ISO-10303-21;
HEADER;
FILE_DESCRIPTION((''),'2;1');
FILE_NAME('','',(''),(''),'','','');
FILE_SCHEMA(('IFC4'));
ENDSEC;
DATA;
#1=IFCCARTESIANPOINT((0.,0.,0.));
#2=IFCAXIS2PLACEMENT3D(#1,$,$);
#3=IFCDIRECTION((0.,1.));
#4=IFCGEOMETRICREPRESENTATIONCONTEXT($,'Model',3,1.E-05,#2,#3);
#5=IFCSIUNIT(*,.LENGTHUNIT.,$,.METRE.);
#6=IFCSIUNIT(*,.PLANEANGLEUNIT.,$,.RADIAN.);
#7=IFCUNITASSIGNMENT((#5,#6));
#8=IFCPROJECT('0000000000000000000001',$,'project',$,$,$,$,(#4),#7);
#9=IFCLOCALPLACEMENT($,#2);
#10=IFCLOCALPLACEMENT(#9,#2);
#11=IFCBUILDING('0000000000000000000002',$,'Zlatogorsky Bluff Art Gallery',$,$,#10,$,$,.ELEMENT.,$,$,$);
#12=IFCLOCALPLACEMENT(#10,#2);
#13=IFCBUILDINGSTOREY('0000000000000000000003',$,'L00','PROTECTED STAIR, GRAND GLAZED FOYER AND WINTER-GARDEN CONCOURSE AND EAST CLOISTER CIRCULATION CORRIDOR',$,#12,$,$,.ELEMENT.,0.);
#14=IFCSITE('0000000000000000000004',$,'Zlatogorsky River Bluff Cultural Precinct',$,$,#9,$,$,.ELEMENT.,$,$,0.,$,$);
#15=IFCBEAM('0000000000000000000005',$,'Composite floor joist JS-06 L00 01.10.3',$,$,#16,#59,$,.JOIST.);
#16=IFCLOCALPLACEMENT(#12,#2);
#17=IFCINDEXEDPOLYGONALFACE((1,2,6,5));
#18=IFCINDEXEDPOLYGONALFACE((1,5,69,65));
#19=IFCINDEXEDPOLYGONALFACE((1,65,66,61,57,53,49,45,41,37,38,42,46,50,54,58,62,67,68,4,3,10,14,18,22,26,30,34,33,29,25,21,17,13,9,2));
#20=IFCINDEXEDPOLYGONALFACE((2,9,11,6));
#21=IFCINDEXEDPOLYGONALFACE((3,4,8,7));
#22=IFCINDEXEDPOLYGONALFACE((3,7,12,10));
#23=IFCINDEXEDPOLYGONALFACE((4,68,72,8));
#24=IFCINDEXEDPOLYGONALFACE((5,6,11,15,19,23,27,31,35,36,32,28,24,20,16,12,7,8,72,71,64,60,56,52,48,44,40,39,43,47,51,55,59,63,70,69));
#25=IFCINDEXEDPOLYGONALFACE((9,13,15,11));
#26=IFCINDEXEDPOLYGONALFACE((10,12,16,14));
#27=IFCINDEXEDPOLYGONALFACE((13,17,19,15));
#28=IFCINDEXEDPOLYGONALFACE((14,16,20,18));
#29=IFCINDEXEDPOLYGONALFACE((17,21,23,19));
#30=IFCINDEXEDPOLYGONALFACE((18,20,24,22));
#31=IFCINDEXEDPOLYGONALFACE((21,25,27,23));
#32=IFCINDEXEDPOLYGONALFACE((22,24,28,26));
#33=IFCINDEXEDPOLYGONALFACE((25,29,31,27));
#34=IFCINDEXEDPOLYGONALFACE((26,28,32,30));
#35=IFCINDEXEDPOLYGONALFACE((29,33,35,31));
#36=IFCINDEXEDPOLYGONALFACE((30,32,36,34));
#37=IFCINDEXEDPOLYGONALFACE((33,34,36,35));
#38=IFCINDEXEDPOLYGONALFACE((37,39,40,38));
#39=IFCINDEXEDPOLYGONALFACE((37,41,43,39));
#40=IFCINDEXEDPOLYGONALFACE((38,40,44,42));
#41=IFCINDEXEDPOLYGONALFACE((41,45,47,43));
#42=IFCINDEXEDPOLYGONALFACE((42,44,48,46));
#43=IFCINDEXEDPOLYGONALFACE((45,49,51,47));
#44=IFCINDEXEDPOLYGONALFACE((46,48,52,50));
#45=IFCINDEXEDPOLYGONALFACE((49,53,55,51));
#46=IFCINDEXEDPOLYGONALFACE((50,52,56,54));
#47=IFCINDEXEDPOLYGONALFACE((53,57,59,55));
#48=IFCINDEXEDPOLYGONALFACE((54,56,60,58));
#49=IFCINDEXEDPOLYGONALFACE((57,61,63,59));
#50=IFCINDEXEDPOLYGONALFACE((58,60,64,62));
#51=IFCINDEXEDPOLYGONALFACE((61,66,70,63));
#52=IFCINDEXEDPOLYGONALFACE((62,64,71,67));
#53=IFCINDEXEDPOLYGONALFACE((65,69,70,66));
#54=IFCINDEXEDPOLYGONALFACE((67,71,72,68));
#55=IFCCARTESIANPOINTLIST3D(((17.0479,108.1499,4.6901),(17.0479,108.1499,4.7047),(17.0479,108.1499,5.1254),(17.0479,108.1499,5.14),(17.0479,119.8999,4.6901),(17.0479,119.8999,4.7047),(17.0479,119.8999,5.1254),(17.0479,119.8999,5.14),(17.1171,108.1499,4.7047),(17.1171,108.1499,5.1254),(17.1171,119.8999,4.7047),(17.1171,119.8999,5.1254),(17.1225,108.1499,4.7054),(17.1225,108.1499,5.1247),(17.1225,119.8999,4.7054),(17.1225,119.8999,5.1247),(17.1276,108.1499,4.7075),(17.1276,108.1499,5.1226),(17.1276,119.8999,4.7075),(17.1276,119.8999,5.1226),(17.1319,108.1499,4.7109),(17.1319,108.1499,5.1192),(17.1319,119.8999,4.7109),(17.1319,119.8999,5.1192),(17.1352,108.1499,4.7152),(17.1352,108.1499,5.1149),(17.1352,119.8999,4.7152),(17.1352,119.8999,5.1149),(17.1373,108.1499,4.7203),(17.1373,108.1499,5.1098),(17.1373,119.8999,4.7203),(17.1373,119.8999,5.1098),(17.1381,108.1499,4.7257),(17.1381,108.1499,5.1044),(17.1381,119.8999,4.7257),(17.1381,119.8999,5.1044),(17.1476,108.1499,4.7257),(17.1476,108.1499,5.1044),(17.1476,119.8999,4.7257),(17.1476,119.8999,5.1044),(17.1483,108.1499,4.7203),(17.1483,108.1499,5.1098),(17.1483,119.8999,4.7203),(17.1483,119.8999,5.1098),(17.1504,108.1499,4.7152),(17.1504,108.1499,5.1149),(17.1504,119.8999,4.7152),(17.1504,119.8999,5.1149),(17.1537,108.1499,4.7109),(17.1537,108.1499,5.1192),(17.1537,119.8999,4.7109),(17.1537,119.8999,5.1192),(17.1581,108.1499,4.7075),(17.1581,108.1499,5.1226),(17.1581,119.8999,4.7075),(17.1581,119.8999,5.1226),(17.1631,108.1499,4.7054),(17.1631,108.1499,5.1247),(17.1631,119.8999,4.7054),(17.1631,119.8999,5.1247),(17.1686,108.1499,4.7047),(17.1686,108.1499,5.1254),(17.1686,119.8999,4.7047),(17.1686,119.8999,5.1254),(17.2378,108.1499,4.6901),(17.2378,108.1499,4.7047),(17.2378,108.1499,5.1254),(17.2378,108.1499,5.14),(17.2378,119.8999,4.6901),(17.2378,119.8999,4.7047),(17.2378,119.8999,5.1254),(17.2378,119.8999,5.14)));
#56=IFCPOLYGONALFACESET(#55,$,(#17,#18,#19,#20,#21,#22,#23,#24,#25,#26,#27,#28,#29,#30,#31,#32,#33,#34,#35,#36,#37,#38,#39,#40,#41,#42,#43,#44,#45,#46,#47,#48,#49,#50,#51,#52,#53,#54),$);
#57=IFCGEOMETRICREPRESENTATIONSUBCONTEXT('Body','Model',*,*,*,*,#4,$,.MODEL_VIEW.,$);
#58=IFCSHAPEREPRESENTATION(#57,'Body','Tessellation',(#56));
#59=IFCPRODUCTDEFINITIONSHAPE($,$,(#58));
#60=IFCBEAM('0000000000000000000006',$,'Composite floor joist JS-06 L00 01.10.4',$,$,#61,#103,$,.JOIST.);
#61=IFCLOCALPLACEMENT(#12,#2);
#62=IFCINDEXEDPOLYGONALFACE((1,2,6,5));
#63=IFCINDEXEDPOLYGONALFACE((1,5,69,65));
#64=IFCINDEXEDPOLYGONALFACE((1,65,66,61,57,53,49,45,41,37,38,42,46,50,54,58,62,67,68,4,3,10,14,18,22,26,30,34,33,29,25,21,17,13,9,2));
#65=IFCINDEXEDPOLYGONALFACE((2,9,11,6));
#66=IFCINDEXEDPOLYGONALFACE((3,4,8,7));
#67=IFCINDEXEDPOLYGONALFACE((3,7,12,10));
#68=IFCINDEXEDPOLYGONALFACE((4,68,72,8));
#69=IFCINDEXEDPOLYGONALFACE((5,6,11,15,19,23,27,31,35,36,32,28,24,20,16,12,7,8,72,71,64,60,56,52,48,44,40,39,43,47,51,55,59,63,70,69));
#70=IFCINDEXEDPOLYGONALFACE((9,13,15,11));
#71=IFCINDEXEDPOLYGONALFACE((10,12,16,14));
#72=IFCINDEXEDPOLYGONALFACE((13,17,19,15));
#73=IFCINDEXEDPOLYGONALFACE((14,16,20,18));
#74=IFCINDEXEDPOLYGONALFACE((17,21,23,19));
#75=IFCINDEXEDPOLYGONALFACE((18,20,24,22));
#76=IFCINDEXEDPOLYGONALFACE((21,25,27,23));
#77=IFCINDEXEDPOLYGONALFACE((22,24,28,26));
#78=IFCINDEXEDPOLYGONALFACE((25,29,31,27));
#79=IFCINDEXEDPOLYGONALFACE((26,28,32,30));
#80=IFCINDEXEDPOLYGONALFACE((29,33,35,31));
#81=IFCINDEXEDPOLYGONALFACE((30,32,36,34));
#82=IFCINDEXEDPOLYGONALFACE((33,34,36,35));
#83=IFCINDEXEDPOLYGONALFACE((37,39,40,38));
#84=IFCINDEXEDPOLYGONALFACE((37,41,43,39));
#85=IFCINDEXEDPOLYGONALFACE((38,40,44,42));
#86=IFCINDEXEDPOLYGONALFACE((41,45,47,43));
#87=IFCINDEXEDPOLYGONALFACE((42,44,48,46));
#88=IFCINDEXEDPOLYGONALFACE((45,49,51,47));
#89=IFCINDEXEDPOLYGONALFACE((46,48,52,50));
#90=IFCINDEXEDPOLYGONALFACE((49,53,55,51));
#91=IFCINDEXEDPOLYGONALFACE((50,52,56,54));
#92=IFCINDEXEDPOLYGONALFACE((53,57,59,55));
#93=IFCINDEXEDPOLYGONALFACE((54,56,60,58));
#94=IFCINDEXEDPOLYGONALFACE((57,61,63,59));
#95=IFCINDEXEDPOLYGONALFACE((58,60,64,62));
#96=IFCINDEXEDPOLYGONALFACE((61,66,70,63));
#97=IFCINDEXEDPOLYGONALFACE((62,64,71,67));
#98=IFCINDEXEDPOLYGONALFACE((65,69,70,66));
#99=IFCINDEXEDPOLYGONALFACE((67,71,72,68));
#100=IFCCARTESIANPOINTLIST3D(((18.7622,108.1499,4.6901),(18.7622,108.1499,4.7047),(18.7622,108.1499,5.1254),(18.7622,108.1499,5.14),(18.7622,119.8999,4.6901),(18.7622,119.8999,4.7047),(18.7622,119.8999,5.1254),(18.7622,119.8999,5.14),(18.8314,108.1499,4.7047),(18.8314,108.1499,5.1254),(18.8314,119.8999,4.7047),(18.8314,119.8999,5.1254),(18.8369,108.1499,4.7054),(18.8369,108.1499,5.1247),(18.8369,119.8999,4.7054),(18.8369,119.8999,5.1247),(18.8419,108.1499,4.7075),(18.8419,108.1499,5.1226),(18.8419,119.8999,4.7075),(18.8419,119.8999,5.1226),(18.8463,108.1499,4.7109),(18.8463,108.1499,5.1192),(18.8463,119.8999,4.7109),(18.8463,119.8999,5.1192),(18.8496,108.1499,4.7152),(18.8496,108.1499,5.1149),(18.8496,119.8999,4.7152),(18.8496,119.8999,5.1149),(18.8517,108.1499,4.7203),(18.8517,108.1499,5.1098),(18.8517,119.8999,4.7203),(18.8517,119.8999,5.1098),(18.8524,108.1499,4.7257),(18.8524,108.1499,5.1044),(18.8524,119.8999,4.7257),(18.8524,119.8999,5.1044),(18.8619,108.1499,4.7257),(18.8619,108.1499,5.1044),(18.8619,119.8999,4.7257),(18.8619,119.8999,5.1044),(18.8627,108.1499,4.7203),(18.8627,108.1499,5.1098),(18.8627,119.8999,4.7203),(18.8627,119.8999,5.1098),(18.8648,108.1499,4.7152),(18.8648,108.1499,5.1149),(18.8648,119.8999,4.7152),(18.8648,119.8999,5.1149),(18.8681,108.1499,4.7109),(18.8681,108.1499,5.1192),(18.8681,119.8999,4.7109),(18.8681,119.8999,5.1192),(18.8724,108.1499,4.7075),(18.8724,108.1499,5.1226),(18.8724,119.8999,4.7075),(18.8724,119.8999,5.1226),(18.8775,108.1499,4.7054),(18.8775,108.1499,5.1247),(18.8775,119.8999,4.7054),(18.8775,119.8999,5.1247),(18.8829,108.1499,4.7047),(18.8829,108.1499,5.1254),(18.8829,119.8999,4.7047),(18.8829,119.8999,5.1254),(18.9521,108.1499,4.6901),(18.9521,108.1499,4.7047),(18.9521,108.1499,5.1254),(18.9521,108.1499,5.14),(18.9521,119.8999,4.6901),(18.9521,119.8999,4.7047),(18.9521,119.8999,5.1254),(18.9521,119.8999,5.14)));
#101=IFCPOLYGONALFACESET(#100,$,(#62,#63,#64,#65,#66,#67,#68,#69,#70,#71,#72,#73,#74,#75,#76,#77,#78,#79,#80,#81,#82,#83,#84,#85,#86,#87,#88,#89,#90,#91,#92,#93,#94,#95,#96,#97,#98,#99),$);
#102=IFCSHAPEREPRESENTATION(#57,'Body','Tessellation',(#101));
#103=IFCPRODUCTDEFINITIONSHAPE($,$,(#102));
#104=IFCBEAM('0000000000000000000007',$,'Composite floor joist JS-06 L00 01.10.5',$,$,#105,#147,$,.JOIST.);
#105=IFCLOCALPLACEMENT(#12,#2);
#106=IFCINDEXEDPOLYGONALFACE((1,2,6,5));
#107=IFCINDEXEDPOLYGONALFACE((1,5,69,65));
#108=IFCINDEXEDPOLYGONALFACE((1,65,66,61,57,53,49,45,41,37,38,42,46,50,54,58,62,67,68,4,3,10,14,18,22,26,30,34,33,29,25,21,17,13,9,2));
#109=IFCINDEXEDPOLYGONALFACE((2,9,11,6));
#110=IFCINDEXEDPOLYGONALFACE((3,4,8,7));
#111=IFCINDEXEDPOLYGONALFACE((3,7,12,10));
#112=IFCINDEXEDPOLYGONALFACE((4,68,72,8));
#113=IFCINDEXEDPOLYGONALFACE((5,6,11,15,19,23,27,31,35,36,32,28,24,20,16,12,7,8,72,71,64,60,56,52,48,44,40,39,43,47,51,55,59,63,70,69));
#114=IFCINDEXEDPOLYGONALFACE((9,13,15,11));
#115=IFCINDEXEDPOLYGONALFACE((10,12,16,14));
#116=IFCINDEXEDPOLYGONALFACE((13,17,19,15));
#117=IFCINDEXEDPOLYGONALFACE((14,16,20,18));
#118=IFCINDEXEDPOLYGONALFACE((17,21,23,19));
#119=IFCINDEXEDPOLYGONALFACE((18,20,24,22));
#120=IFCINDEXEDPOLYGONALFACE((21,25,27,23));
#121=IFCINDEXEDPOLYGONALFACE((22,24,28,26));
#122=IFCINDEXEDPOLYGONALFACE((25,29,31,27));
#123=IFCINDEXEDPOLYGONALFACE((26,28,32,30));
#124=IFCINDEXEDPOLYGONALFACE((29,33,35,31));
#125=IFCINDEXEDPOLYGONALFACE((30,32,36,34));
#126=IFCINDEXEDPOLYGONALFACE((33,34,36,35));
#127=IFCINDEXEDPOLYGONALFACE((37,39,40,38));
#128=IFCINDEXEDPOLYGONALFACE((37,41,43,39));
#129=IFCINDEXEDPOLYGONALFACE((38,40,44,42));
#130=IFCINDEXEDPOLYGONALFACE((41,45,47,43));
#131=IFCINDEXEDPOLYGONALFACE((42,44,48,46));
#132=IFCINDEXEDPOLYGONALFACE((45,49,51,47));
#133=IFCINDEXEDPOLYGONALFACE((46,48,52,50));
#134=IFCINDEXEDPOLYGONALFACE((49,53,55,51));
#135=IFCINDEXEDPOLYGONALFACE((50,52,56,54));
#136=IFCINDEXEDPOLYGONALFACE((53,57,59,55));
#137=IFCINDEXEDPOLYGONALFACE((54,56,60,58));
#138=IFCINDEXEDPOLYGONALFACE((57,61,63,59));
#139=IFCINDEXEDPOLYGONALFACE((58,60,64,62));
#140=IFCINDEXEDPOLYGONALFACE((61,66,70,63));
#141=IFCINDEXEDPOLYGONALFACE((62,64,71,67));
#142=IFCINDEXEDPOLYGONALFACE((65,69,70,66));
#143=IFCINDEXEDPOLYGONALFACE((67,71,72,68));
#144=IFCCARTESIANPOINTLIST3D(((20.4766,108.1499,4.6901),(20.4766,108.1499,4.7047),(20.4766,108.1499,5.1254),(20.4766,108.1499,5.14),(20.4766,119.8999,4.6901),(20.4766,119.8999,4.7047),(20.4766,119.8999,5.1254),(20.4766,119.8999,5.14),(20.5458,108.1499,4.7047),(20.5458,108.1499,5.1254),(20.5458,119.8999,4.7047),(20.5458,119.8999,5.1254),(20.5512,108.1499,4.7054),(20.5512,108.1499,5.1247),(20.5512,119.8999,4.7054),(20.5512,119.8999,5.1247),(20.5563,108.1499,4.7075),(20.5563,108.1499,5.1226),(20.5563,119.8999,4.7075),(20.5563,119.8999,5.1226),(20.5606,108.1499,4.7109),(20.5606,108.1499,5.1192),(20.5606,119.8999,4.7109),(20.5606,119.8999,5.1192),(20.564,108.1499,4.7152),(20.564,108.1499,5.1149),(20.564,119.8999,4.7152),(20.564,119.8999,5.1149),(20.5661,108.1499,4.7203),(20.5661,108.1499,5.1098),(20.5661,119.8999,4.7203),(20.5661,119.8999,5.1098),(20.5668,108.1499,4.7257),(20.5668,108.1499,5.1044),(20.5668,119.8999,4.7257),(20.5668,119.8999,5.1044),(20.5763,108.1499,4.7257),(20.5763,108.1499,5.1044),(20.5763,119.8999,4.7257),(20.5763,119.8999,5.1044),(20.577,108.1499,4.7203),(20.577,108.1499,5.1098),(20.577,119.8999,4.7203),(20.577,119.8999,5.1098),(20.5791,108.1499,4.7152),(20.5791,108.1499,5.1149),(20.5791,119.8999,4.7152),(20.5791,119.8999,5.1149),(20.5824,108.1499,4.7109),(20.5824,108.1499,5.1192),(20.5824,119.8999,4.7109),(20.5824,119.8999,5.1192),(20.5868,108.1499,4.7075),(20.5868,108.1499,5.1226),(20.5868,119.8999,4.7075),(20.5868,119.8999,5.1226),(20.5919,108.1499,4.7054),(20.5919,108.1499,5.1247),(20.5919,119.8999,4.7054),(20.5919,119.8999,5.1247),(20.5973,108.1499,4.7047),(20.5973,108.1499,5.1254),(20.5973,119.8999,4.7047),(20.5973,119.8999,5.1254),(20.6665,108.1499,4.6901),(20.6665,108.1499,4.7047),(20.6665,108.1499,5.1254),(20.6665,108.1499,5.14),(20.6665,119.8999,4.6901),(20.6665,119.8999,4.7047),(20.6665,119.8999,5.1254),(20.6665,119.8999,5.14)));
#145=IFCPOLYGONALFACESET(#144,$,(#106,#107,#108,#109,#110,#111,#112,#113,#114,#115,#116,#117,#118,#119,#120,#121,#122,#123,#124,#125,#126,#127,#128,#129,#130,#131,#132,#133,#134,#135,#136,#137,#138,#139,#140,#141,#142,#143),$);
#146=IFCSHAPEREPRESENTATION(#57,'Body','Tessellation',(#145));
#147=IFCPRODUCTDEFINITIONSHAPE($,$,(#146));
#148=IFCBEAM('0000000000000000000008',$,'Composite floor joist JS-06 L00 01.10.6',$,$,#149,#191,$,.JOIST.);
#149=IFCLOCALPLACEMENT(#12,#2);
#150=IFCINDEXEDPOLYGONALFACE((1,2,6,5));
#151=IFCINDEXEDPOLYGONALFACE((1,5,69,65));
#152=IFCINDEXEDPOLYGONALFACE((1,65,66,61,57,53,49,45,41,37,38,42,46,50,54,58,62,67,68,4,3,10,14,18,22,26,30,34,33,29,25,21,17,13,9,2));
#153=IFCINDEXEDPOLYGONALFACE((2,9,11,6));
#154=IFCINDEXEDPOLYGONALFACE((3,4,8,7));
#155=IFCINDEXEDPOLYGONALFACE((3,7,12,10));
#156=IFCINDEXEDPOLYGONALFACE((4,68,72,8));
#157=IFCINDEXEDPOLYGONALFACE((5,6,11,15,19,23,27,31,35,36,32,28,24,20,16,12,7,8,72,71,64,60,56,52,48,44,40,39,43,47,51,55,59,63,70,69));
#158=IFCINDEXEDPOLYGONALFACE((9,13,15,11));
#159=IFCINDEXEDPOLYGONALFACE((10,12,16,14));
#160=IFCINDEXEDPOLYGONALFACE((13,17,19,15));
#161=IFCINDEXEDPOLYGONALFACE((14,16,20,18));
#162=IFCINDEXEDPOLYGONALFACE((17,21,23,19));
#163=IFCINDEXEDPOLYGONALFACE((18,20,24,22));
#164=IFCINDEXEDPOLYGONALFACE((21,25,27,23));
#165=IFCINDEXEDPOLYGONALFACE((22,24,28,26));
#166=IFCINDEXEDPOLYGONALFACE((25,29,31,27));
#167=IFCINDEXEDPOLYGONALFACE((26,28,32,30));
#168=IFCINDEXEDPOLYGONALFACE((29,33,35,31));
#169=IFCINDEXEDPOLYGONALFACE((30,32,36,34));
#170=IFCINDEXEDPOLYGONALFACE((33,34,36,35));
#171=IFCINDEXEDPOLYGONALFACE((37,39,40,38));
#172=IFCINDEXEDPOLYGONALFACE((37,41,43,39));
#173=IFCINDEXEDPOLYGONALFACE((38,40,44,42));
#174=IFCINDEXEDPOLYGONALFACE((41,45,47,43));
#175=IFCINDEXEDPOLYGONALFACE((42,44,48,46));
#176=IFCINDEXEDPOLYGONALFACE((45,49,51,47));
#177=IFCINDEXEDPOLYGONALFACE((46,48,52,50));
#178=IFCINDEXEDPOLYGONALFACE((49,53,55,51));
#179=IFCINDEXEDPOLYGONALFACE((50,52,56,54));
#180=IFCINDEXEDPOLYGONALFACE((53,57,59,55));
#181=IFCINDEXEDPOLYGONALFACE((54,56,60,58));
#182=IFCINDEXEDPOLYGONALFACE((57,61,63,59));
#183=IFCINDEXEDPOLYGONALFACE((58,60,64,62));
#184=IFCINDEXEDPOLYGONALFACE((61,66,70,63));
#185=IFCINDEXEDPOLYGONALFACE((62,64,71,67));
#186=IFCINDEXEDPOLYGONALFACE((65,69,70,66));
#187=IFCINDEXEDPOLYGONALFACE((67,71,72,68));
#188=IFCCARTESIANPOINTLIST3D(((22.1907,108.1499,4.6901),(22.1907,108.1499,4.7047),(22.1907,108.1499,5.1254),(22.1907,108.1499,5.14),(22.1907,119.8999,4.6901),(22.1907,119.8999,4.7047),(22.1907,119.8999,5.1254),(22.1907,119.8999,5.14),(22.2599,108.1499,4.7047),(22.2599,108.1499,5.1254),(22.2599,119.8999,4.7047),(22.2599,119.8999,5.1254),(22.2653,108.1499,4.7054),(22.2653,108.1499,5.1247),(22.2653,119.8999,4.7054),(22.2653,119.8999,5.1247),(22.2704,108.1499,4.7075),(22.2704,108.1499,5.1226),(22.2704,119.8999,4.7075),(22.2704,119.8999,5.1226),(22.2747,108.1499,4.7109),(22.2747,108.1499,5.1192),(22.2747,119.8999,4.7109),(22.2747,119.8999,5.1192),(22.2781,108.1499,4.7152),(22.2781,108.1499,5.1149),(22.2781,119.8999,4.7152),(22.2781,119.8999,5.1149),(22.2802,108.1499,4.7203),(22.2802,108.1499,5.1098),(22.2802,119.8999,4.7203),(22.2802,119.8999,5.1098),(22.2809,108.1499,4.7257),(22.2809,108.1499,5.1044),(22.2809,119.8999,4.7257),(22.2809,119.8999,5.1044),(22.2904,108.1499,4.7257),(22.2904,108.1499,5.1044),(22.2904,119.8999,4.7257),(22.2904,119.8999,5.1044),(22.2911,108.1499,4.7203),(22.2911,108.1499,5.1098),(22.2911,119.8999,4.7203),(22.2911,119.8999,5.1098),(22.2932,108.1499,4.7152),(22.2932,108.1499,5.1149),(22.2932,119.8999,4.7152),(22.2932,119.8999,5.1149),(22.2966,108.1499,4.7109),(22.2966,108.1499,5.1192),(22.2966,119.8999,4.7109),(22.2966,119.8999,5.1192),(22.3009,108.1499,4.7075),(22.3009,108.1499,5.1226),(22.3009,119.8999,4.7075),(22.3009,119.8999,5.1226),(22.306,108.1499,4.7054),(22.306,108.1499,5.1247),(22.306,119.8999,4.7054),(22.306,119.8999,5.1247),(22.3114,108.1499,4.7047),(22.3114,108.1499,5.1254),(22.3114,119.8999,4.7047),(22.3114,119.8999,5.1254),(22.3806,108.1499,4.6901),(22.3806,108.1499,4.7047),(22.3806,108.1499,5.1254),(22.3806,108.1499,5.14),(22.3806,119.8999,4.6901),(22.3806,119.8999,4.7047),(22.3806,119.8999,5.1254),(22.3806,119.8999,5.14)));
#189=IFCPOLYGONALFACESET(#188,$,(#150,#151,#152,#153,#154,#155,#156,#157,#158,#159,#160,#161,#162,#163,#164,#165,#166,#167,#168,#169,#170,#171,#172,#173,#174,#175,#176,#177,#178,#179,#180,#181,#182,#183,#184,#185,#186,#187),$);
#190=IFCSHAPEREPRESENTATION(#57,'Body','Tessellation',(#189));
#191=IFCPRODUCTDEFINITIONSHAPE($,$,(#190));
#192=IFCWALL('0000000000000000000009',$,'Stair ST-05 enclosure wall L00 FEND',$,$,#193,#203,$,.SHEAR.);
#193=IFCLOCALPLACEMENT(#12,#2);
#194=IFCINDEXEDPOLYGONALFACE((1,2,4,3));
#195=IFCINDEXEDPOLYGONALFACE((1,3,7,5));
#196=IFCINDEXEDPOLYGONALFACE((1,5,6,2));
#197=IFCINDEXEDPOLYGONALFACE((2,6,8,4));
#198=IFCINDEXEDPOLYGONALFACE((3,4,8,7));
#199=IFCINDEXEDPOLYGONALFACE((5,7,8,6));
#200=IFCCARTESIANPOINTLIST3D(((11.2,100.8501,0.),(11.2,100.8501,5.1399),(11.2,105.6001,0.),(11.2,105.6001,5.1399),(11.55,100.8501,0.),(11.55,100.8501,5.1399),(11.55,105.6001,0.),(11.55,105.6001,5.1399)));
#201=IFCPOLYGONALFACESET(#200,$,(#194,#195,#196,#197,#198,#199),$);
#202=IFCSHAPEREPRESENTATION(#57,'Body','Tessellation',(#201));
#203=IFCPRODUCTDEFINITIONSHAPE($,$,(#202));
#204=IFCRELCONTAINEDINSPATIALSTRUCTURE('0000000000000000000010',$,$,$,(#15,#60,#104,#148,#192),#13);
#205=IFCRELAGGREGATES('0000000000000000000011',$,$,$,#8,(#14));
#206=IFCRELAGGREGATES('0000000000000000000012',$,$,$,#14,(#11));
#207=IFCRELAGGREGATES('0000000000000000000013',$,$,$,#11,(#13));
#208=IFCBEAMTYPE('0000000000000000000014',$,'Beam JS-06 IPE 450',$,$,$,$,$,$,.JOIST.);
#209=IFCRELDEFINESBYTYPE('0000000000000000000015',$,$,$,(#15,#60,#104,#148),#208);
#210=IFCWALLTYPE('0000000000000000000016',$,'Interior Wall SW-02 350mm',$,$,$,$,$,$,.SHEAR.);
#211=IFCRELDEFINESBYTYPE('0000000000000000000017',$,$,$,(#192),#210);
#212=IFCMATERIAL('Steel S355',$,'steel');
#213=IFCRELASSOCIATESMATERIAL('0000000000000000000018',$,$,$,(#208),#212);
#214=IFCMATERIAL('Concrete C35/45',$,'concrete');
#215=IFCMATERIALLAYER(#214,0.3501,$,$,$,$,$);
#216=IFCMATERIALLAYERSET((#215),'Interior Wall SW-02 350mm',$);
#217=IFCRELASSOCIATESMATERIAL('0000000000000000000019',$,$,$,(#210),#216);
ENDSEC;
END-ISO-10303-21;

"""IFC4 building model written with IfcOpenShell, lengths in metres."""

from ifc_helpers import new_model, si_unit, direction, frame, frame_2d, origin, origin_2d, place, context, subcontext, project, spatial, rectangle, i_section, extrude, material, layer, layer_set, material_profile, profile_set, type_object, element, save


model = new_model("IFC4")

# Units and contexts
model_context = context("Model", 3, precision=1e-05, world=origin(), true_north=direction((0.0, 1.0)))
body_context = subcontext(model_context, "Body", "Model", "MODEL_VIEW")
ifc_project = project(units=[si_unit("LENGTHUNIT", "METRE"), si_unit("PLANEANGLEUNIT", "RADIAN")], contexts=[model_context])

# Site, building, storey
site_placement = place(None, origin())
site = spatial("IfcSite", under=ifc_project, at=site_placement, Name="Zlatogorsky River Bluff Cultural Precinct", CompositionType="ELEMENT", RefElevation=0.0)
building_placement = place(site_placement, origin())
building = spatial("IfcBuilding", under=site, at=building_placement, Name="Zlatogorsky Bluff Art Gallery", CompositionType="ELEMENT")
storey_placement = place(building_placement, origin())
storey = spatial("IfcBuildingStorey", under=building, at=storey_placement, Name="L00", Description="PROTECTED STAIR, GRAND GLAZED FOYER AND WINTER-GARDEN CONCOURSE AND EAST CLOISTER CIRCULATION CORRIDOR", CompositionType="ELEMENT", Elevation=0.0)

# Shared definitions
ifc_material_1 = material(Name="Steel S355", Category="steel")

# Beams
ifc_material_profile_1 = material_profile(ifc_material_1, i_section(OverallWidth=0.1899, OverallDepth=0.45, WebThickness=0.0095, FlangeThickness=0.0146, FilletRadius=0.021, at=origin_2d()), Name="IPE 450")
ifc_profile_set_1 = profile_set([ifc_material_profile_1], Name="Steel S355")
beam_type_1 = type_object("IfcBeamType", Name="Beam JS-06 IPE 450", PredefinedType="JOIST", material=ifc_profile_set_1)
for number, where, z_axis, x_axis, name in (
    (1, (17.1428, 108.1499, 4.915), (0.0, 1.0, 0.0), (-1.0, 0.0, 0.0), "Composite floor joist JS-06 L00 01.10.3"),
    (2, (18.8572, 108.1499, 4.915), (0.0, 1.0, 0.0), (-1.0, 0.0, 0.0), "Composite floor joist JS-06 L00 01.10.4"),
    (3, (20.5715, 108.1499, 4.915), (0.0, 1.0, 0.0), (-1.0, 0.0, 0.0), "Composite floor joist JS-06 L00 01.10.5"),
    (4, (22.2856, 108.1499, 4.915), (0.0, 1.0, 0.0), (-1.0, 0.0, 0.0), "Composite floor joist JS-06 L00 01.10.6"),
):
    element("IfcBeam", number, at=place(storey_placement, frame(where, z_axis=z_axis, x_axis=x_axis)), inside=storey, type_object=beam_type_1, Name=name, PredefinedType="JOIST", context=body_context, shape_type="SweptSolid", body=[
        extrude(i_section(OverallWidth=0.1899, OverallDepth=0.45, WebThickness=0.0095, FlangeThickness=0.0146, FilletRadius=0.021, at=origin_2d()), origin(), (0.0, 0.0, 1.0), 11.75),
    ])

# Wall
ifc_material_2 = material(Name="Concrete C35/45", Category="concrete")
ifc_layer = layer(ifc_material_2, 0.3501)
ifc_layer_set = layer_set([ifc_layer], Name="Interior Wall SW-02 350mm")
wall_type = type_object("IfcWallType", Name="Interior Wall SW-02 350mm", PredefinedType="SHEAR", material=ifc_layer_set)
wall_1_placement = place(storey_placement, frame((11.375, 100.8501, 0.0), z_axis=(0.0, 0.0, 1.0), x_axis=(0.0, 1.0, 0.0)))
element("IfcWall", 5, at=wall_1_placement, inside=storey, type_object=wall_type, Name="Stair ST-05 enclosure wall L00 FEND", PredefinedType="SHEAR", context=body_context, shape_type="SweptSolid", body=[
    extrude(rectangle(XDim=4.75, YDim=0.3501, at=frame_2d((2.375, 0.0))), origin(), (0.0, 0.0, 1.0), 5.1399),
])

save(model, "model.ifc")
